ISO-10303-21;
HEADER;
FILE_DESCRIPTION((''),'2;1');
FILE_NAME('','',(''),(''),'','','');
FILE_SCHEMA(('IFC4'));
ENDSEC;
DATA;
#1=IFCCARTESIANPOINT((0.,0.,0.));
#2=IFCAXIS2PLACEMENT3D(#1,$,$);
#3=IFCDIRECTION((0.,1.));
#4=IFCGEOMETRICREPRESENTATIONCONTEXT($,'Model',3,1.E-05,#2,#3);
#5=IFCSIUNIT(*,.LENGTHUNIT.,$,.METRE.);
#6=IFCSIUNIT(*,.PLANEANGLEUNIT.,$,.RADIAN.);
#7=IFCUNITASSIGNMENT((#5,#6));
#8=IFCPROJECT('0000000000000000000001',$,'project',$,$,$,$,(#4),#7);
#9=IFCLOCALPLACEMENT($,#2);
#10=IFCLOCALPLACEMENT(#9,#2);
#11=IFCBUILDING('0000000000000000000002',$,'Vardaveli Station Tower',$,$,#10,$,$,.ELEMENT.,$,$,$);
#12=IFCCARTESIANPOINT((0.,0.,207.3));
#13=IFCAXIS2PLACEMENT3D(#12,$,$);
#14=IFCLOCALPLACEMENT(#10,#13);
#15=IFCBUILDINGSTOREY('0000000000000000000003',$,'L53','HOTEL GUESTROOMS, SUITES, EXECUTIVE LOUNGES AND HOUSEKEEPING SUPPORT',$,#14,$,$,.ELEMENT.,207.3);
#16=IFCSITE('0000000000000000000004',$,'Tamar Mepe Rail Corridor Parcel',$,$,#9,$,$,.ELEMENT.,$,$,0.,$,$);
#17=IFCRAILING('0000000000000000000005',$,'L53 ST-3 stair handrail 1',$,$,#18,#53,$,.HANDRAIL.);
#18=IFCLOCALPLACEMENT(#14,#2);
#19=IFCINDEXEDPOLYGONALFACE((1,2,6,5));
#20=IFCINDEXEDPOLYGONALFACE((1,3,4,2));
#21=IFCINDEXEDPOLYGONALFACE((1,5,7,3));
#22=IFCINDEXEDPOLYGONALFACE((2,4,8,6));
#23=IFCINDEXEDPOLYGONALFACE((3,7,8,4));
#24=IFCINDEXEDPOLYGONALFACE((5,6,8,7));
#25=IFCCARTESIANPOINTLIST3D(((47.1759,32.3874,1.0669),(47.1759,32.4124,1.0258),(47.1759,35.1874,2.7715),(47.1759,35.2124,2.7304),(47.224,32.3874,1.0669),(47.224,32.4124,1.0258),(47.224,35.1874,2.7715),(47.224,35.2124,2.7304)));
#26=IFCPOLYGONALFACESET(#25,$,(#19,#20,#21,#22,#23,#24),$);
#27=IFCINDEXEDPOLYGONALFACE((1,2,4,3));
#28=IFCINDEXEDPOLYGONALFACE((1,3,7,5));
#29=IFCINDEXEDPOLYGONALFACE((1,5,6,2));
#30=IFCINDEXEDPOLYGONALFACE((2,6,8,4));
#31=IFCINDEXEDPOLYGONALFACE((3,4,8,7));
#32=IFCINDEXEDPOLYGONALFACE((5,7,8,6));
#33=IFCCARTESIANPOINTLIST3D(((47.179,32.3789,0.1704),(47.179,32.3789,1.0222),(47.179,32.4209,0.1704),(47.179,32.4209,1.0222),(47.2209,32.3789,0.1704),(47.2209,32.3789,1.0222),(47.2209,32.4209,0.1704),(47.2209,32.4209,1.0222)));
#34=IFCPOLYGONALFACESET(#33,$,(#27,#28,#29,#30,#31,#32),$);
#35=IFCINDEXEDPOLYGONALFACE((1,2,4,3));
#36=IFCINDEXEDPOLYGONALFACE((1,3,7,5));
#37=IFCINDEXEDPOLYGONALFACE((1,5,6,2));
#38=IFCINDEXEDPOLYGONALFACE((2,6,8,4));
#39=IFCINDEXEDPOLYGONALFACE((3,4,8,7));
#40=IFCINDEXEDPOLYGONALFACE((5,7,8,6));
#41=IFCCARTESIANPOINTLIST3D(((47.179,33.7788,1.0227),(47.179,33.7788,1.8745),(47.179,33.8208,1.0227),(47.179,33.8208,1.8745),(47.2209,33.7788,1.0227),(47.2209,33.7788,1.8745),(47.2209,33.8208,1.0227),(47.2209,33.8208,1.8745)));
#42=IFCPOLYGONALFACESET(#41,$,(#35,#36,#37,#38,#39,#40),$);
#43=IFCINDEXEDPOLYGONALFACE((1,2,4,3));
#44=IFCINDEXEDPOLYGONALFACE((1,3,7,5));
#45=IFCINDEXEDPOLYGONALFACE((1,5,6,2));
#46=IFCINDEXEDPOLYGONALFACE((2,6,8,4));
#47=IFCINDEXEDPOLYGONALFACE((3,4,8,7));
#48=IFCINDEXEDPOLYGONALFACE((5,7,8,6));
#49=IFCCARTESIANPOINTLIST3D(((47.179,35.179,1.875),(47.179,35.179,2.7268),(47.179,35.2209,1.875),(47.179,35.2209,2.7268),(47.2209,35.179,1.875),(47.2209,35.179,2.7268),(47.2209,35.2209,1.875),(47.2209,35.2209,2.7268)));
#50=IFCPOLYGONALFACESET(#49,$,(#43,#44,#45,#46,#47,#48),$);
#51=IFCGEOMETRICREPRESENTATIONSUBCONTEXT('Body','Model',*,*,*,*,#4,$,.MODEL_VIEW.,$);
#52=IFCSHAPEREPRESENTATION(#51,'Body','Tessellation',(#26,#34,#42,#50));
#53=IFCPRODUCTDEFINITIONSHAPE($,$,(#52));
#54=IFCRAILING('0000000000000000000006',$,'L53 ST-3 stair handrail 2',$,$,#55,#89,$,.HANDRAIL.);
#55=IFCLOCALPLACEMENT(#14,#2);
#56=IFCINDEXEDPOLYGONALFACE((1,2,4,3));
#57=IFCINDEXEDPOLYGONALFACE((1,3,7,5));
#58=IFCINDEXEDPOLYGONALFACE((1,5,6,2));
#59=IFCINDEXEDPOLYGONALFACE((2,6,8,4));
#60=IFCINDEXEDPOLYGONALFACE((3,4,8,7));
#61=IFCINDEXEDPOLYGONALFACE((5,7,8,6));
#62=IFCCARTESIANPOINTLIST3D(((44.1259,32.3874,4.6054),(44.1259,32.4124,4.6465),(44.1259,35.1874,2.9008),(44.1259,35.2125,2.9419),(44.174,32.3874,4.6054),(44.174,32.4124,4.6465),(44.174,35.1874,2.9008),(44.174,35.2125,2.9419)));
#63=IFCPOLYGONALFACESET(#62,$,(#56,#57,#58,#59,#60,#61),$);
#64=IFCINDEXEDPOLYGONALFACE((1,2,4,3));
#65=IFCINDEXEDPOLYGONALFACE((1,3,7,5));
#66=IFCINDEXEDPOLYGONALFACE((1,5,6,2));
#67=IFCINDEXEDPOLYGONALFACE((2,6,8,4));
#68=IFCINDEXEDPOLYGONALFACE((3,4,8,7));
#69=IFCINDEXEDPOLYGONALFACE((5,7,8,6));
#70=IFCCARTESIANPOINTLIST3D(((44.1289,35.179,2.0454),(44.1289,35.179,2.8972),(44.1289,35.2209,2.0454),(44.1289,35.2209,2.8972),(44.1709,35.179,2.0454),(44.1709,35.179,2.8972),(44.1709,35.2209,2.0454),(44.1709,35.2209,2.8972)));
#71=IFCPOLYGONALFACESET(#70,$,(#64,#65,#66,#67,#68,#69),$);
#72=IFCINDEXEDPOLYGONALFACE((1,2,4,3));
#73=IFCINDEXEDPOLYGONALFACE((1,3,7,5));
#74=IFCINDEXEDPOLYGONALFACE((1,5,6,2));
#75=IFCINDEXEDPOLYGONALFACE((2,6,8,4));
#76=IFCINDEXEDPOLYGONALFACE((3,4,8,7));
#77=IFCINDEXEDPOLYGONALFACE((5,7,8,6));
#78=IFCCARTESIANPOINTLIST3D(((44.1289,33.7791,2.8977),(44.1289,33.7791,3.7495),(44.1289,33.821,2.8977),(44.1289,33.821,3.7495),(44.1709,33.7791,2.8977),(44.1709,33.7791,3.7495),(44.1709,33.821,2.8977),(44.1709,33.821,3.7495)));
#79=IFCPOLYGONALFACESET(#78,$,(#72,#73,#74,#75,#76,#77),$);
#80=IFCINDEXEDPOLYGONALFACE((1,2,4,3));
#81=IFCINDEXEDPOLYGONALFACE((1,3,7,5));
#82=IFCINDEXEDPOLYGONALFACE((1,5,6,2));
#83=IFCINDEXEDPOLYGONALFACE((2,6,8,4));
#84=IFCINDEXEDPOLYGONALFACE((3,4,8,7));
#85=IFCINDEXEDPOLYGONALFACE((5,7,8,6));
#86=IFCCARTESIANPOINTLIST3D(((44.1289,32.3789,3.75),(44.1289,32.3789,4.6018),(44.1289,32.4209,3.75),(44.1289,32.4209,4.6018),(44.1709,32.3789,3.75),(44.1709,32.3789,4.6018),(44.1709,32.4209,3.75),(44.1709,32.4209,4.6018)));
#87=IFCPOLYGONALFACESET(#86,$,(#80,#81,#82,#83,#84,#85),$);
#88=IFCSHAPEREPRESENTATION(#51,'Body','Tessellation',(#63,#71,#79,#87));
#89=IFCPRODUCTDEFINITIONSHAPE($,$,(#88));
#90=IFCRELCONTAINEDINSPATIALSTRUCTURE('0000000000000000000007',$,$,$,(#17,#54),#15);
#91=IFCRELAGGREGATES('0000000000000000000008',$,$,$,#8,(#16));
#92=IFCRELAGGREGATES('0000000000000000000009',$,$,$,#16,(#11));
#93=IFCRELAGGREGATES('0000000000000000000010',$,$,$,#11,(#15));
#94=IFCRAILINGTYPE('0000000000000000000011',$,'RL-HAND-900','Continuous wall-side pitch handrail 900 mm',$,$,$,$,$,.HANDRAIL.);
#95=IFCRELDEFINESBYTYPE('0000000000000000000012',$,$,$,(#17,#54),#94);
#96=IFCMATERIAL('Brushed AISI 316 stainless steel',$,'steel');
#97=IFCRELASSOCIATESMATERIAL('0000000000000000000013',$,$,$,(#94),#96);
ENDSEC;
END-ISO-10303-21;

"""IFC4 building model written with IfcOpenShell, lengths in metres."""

from ifc_helpers import new_model, si_unit, direction, frame, origin, origin_2d, place, context, subcontext, project, spatial, rectangle, extrude, source, transform, mapped, material, type_object, element, save


model = new_model("IFC4")

# Units and contexts
model_context = context("Model", 3, precision=1e-05, world=origin(), true_north=direction((0.0, 1.0)))
body_context = subcontext(model_context, "Body", "Model", "MODEL_VIEW")
ifc_project = project(units=[si_unit("LENGTHUNIT", "METRE"), si_unit("PLANEANGLEUNIT", "RADIAN")], contexts=[model_context])

# Site, building, storey
site_placement = place(None, origin())
site = spatial("IfcSite", under=ifc_project, at=site_placement, Name="Tamar Mepe Rail Corridor Parcel", CompositionType="ELEMENT", RefElevation=0.0)
building_placement = place(site_placement, origin())
building = spatial("IfcBuilding", under=site, at=building_placement, Name="Vardaveli Station Tower", CompositionType="ELEMENT")
storey_placement = place(building_placement, frame((0.0, 0.0, 207.3)))
storey = spatial("IfcBuildingStorey", under=building, at=storey_placement, Name="L53", Description="HOTEL GUESTROOMS, SUITES, EXECUTIVE LOUNGES AND HOUSEKEEPING SUPPORT", CompositionType="ELEMENT", Elevation=207.3)

# Railings
ifc_material_1 = material(Name="Brushed AISI 316 stainless steel", Category="steel")
railing_type_1 = type_object("IfcRailingType", Name="RL-HAND-900", Description="Continuous wall-side pitch handrail 900 mm", PredefinedType="HANDRAIL", material=ifc_material_1)
shared_shape_1 = source(origin(), body_context, "Body", "SweptSolid", [
    extrude(rectangle(XDim=0.0481, YDim=0.0481, at=origin_2d()), frame((0.0, 0.0, 0.876), z_axis=(0.0, 0.85417, 0.519994), x_axis=(-1.0, 0.0, 0.0)), (0.0, 0.0, 1.0), 3.2781),
    extrude(rectangle(XDim=0.042, YDim=0.042, at=origin_2d()), origin(), (0.0, 0.0, 1.0), 0.8518),
    extrude(rectangle(XDim=0.042, YDim=0.042, at=origin_2d()), frame((0.0, 1.3999, 0.8523)), (0.0, 0.0, 1.0), 0.8518),
    extrude(rectangle(XDim=0.042, YDim=0.042, at=origin_2d()), frame((0.0, 2.8, 1.7046)), (0.0, 0.0, 1.0), 0.8518),
])
railing_1_placement = place(storey_placement, frame((47.2, 32.3999, 0.1704)))
element("IfcRailing", 1, at=railing_1_placement, inside=storey, type_object=railing_type_1, Name="L53 ST-3 stair handrail 1", PredefinedType="HANDRAIL", context=body_context, shape_type="MappedRepresentation", body=[
    mapped(shared_shape_1, transform((0.0, 0.0, 0.0), scale=1.0)),
])
shared_shape_2 = source(origin(), body_context, "Body", "SweptSolid", [
    extrude(rectangle(XDim=0.0481, YDim=0.0481, at=origin_2d()), frame((0.0, 0.0, 0.876), z_axis=(0.0, -0.85417, 0.519994), x_axis=(1.0, 0.0, 0.0)), (0.0, 0.0, 1.0), 3.2781),
    extrude(rectangle(XDim=0.042, YDim=0.042, at=origin_2d()), origin(), (0.0, 0.0, 1.0), 0.8518),
    extrude(rectangle(XDim=0.042, YDim=0.042, at=origin_2d()), frame((0.0, -1.3999, 0.8523)), (0.0, 0.0, 1.0), 0.8518),
    extrude(rectangle(XDim=0.042, YDim=0.042, at=origin_2d()), frame((0.0, -2.8, 1.7046)), (0.0, 0.0, 1.0), 0.8518),
])
railing_2_placement = place(storey_placement, frame((44.1499, 35.2, 2.0454)))
element("IfcRailing", 2, at=railing_2_placement, inside=storey, type_object=railing_type_1, Name="L53 ST-3 stair handrail 2", PredefinedType="HANDRAIL", context=body_context, shape_type="MappedRepresentation", body=[
    mapped(shared_shape_2, transform((0.0, 0.0, 0.0), scale=1.0)),
])

save(model, "model.ifc")
